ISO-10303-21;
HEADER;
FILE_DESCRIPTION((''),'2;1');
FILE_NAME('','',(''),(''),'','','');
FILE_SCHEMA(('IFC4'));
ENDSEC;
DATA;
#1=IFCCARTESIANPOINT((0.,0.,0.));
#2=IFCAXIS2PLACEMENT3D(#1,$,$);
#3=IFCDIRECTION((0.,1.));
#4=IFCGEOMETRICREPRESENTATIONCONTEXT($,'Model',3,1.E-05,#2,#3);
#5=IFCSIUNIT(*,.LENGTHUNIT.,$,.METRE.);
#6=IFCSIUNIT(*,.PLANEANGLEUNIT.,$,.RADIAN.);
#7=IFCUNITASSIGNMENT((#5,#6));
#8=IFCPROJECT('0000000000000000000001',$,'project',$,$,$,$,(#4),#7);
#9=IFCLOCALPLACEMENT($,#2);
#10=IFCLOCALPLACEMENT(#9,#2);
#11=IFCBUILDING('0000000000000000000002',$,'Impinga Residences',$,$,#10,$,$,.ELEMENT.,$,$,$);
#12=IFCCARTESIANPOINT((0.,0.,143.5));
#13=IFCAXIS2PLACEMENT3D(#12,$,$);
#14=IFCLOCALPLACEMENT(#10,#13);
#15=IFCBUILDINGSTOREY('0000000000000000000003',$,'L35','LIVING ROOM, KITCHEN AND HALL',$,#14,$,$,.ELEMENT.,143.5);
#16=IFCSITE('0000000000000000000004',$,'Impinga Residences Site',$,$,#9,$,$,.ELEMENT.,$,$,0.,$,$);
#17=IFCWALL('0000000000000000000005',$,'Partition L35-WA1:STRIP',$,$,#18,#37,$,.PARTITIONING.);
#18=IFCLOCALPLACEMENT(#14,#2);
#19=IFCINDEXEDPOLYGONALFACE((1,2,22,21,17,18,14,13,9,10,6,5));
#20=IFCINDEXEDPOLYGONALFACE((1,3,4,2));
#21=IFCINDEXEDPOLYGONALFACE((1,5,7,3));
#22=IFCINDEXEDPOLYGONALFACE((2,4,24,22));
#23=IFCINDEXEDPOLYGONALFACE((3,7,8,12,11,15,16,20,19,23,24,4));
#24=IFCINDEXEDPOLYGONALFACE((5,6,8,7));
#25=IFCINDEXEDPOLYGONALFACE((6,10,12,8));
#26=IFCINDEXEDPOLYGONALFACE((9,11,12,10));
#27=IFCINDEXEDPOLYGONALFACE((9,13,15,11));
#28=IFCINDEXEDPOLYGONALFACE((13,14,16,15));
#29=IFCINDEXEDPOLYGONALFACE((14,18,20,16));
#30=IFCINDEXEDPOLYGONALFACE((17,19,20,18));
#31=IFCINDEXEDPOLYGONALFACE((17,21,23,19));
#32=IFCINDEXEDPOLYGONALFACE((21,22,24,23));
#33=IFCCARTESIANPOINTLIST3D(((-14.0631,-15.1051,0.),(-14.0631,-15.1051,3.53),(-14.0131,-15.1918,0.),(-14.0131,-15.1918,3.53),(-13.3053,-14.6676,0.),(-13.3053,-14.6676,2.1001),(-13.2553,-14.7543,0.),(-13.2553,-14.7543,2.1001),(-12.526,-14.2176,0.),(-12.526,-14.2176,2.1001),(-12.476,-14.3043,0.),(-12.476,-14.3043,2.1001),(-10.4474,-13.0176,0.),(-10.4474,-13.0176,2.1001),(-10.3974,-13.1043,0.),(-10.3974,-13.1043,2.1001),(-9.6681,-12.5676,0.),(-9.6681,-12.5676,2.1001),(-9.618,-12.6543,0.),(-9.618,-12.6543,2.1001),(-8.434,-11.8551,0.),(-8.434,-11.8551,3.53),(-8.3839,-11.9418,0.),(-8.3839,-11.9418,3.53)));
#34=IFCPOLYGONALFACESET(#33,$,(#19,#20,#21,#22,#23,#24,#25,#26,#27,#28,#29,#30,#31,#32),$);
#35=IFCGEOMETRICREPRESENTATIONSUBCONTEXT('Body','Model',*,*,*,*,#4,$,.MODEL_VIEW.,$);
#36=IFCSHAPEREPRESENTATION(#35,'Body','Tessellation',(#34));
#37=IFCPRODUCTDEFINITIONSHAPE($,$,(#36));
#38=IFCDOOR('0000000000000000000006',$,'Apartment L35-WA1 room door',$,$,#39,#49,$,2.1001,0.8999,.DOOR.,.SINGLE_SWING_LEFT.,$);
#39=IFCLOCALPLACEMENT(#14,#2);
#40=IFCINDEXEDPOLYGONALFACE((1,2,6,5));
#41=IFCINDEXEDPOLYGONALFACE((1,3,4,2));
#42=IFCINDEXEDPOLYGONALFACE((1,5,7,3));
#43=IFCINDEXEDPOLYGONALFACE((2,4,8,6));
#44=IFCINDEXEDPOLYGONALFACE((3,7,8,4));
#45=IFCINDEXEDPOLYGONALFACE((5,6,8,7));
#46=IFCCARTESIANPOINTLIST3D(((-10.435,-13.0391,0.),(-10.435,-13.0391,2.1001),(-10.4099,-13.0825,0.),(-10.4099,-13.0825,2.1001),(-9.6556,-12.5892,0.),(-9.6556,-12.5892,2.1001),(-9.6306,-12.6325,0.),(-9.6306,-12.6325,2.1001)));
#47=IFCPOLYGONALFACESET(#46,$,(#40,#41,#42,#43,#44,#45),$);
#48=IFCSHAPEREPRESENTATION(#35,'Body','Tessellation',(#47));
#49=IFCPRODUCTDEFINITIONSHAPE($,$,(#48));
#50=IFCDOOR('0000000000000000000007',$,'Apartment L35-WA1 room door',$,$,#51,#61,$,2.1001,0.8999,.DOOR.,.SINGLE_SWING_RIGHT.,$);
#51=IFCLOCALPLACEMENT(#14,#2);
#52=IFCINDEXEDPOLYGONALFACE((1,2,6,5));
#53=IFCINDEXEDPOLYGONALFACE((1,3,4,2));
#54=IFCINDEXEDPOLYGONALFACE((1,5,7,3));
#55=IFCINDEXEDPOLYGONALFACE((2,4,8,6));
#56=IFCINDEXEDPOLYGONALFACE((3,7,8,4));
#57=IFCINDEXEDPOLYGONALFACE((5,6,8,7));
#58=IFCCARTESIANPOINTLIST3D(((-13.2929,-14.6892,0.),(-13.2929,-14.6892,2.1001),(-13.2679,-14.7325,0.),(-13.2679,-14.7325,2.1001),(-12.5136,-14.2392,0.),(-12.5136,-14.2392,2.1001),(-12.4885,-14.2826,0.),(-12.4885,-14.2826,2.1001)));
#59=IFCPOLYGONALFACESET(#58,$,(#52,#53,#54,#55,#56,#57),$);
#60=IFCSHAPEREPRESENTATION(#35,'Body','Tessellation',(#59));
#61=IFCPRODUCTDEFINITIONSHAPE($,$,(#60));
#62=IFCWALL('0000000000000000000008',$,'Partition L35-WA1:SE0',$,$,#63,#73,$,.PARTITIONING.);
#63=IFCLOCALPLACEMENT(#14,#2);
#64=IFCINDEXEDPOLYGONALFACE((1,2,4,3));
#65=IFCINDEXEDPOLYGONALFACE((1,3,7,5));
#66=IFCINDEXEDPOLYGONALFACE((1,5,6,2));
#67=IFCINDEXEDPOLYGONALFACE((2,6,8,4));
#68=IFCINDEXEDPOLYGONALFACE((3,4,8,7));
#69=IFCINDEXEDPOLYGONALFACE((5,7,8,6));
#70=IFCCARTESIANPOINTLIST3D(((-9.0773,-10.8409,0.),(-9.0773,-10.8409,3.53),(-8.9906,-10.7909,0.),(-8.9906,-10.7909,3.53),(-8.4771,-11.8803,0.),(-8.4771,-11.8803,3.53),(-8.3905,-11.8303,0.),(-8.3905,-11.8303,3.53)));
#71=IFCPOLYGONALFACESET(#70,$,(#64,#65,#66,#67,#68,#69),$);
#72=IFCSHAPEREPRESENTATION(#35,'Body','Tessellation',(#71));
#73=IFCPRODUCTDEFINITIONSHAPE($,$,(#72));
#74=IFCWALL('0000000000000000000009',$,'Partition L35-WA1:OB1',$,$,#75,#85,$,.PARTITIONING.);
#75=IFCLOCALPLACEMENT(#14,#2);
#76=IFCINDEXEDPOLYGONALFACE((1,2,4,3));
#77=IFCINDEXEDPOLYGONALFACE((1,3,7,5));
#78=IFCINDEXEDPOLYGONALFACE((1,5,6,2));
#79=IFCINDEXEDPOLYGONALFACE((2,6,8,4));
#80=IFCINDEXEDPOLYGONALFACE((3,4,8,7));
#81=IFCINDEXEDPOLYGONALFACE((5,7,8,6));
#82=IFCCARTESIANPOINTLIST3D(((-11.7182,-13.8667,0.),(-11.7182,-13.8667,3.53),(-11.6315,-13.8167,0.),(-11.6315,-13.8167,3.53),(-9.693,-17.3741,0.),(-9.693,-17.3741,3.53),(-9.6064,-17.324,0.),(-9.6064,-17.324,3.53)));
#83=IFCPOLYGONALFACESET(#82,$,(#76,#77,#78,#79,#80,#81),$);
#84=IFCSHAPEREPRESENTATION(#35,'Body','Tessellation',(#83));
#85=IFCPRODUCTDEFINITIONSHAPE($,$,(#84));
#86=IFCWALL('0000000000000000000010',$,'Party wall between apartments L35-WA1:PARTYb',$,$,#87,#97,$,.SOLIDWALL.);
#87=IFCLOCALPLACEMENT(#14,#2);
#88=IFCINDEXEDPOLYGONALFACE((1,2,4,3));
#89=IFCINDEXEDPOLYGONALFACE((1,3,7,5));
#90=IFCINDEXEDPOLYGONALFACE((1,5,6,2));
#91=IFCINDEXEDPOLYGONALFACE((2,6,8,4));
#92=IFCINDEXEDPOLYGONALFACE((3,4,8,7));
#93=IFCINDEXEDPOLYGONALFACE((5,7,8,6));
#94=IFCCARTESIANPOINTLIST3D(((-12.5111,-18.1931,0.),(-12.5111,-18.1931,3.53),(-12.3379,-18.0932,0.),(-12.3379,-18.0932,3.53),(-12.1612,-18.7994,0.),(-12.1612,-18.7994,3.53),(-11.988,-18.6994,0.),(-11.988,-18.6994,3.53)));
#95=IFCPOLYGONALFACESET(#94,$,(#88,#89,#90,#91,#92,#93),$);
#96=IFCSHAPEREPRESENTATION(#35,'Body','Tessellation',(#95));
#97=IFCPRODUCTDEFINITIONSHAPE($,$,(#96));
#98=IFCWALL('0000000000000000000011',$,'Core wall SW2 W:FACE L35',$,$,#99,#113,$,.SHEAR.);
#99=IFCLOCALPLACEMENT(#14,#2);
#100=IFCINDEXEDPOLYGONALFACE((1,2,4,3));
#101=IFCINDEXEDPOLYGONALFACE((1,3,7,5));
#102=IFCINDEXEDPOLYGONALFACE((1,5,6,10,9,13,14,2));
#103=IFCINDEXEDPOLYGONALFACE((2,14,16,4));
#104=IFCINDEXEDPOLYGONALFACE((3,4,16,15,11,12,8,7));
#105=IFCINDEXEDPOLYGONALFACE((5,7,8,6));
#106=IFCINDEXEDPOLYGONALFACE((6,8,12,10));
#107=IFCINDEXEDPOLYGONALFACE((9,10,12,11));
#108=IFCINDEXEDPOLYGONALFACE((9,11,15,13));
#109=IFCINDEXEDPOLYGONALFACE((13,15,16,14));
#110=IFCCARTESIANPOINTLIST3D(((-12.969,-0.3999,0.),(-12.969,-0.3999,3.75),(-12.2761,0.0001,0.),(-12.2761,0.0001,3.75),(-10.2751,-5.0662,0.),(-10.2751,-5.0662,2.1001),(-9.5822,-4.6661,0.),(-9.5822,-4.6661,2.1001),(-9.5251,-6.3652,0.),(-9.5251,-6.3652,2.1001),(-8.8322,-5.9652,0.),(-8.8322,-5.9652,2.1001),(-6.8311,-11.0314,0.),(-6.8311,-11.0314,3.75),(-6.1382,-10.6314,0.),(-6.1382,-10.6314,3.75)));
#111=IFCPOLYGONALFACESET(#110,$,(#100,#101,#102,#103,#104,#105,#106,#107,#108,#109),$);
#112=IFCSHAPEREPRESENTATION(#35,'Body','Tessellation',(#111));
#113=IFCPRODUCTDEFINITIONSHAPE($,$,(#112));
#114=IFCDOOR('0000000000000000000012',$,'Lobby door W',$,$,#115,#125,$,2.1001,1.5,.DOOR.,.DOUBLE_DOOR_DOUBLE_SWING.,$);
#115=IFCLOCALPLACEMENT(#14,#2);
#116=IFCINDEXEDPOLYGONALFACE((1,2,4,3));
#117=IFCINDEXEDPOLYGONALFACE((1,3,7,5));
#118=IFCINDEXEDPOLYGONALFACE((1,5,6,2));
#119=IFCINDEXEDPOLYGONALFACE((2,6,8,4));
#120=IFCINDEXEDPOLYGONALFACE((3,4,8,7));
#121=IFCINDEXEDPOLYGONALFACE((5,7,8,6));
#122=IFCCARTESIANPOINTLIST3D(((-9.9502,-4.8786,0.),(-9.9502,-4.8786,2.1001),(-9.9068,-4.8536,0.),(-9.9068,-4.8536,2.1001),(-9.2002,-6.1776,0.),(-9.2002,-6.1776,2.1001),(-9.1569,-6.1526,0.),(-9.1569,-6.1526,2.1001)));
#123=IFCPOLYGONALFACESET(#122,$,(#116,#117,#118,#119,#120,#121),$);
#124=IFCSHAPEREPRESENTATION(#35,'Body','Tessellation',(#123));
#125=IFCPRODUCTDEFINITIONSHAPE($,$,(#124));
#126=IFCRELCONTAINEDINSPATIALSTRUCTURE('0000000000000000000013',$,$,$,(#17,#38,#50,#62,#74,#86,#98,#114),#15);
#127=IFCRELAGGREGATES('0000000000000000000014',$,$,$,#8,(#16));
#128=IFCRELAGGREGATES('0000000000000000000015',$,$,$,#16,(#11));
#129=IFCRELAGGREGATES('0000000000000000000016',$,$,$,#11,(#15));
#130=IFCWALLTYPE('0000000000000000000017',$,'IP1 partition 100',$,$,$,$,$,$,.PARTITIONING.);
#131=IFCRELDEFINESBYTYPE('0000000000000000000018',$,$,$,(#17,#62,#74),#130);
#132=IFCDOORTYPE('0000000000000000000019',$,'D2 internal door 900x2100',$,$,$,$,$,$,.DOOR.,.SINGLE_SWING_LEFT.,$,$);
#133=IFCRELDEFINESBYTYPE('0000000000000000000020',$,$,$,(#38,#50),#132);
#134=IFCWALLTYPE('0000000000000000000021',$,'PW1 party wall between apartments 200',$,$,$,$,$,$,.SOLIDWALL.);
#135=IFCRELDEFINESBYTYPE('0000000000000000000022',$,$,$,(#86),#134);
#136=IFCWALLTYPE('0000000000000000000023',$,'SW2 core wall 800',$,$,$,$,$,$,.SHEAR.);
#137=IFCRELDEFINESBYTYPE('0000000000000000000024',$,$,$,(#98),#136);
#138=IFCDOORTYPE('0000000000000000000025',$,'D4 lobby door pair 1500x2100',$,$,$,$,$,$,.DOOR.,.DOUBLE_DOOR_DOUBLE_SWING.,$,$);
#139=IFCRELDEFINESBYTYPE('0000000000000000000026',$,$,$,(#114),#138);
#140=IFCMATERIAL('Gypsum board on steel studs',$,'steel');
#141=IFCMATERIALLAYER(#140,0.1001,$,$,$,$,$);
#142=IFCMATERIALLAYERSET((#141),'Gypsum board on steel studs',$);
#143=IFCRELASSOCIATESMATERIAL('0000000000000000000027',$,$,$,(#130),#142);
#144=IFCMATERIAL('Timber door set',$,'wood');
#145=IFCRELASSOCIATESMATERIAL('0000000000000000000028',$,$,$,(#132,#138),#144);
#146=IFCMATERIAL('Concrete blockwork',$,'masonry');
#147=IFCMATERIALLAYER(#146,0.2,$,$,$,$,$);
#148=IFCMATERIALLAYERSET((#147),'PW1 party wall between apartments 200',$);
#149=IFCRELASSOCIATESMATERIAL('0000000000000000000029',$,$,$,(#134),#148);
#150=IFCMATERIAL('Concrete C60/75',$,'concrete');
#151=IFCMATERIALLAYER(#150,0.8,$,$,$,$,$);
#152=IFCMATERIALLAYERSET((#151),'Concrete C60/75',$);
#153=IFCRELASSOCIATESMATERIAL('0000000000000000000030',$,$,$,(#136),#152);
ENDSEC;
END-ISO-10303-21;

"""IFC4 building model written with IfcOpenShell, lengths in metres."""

from ifc_helpers import new_model, si_unit, direction, frame, frame_2d, origin, place, context, subcontext, project, spatial, rectangle, extrude, material, layer, layer_set, type_object, element, fill, save


model = new_model("IFC4")

# Units and contexts
model_context = context("Model", 3, precision=1e-05, world=origin(), true_north=direction((0.0, 1.0)))
body_context = subcontext(model_context, "Body", "Model", "MODEL_VIEW")
ifc_project = project(units=[si_unit("LENGTHUNIT", "METRE"), si_unit("PLANEANGLEUNIT", "RADIAN")], contexts=[model_context])

# Site, building, storey
site_placement = place(None, origin())
site = spatial("IfcSite", under=ifc_project, at=site_placement, Name="Impinga Residences Site", CompositionType="ELEMENT", RefElevation=0.0)
building_placement = place(site_placement, origin())
building = spatial("IfcBuilding", under=site, at=building_placement, Name="Impinga Residences", CompositionType="ELEMENT")
storey_placement = place(building_placement, frame((0.0, 0.0, 143.5)))
storey = spatial("IfcBuildingStorey", under=building, at=storey_placement, Name="L35", Description="LIVING ROOM, KITCHEN AND HALL", CompositionType="ELEMENT", Elevation=143.5)

# Shared definitions
ifc_material_1 = material(Name="Concrete C60/75", Category="concrete")

# Shared definitions
ifc_material_2 = material(Name="Gypsum board on steel studs", Category="steel")
ifc_layer_1 = layer(ifc_material_2, 0.1001)
ifc_layer_set_1 = layer_set([ifc_layer_1], Name="Gypsum board on steel studs")
wall_type_1 = type_object("IfcWallType", Name="IP1 partition 100", PredefinedType="PARTITIONING", material=ifc_layer_set_1)

# Wall, openings, doors
wall_1_placement = place(storey_placement, frame((-8.4089, -11.8984, 0.0), z_axis=(0.0, 0.0, 1.0), x_axis=(-0.866025, -0.500001, 0.0)))
wall_1 = element("IfcWall", 1, at=wall_1_placement, inside=storey, type_object=wall_type_1, Name="Partition L35-WA1:STRIP", PredefinedType="PARTITIONING", context=body_context, shape_type="SweptSolid", body=[
    extrude(rectangle(XDim=6.5, YDim=0.1001, at=frame_2d((3.25, 0.0))), origin(), (0.0, 0.0, 1.0), 3.53),
])
opening_1_placement = place(wall_1_placement, frame((1.425, 0.0, 0.0)))
opening_1 = element("IfcOpeningElement", 2, at=opening_1_placement, cuts=wall_1, PredefinedType="OPENING", context=body_context, shape_type="SweptSolid", body=[
    extrude(rectangle(XDim=0.8999, YDim=2.1001, at=frame_2d((0.45, 1.05))), frame((0.0, 0.0601, 0.0), z_axis=(0.0, -1.0, 0.0), x_axis=(1.0, 0.0, 0.0)), (0.0, 0.0, 1.0), 0.1201),
])
opening_2_placement = place(wall_1_placement, frame((4.7251, 0.0, 0.0)))
opening_2 = element("IfcOpeningElement", 3, at=opening_2_placement, cuts=wall_1, PredefinedType="OPENING", context=body_context, shape_type="SweptSolid", body=[
    extrude(rectangle(XDim=0.8999, YDim=2.1001, at=frame_2d((0.45, 1.05))), frame((0.0, 0.0601, 0.0), z_axis=(0.0, -1.0, 0.0), x_axis=(1.0, 0.0, 0.0)), (0.0, 0.0, 1.0), 0.1201),
])
ifc_material_3 = material(Name="Timber door set", Category="wood")
door_type_1 = type_object("IfcDoorType", Name="D2 internal door 900x2100", OperationType="SINGLE_SWING_LEFT", PredefinedType="DOOR", material=ifc_material_3)
door_1_placement = place(opening_1_placement, origin())
door_1 = element("IfcDoor", 4, at=door_1_placement, inside=storey, type_object=door_type_1, Name="Apartment L35-WA1 room door", OperationType="SINGLE_SWING_LEFT", OverallHeight=2.1001, OverallWidth=0.8999, PredefinedType="DOOR", context=body_context, shape_type="SweptSolid", body=[
    extrude(rectangle(XDim=0.8999, YDim=2.1001, at=frame_2d((0.45, 1.05))), frame((0.0, 0.0249, 0.0), z_axis=(0.0, -1.0, 0.0), x_axis=(1.0, 0.0, 0.0)), (0.0, 0.0, 1.0), 0.05),
])
fill(opening_1, door_1)
door_2_placement = place(opening_2_placement, origin())
door_2 = element("IfcDoor", 5, at=door_2_placement, inside=storey, type_object=door_type_1, Name="Apartment L35-WA1 room door", OperationType="SINGLE_SWING_RIGHT", OverallHeight=2.1001, OverallWidth=0.8999, PredefinedType="DOOR", context=body_context, shape_type="SweptSolid", body=[
    extrude(rectangle(XDim=0.8999, YDim=2.1001, at=frame_2d((0.45, 1.05))), frame((0.0, 0.0249, 0.0), z_axis=(0.0, -1.0, 0.0), x_axis=(1.0, 0.0, 0.0)), (0.0, 0.0, 1.0), 0.05),
])
fill(opening_2, door_2)

# Walls
wall_2_placement = place(storey_placement, frame((-9.0339, -10.8159, 0.0), z_axis=(0.0, 0.0, 1.0), x_axis=(0.500034, -0.866006, 0.0)))
element("IfcWall", 6, at=wall_2_placement, inside=storey, type_object=wall_type_1, Name="Partition L35-WA1:SE0", PredefinedType="PARTITIONING", context=body_context, shape_type="SweptSolid", body=[
    extrude(rectangle(XDim=1.2002, YDim=0.1001, at=frame_2d((0.6001, 0.0))), origin(), (0.0, 0.0, 1.0), 3.53),
])
wall_3_placement = place(storey_placement, frame((-11.6748, -13.8418, 0.0), z_axis=(0.0, 0.0, 1.0), x_axis=(0.500036, -0.866005, 0.0)))
element("IfcWall", 7, at=wall_3_placement, inside=storey, type_object=wall_type_1, Name="Partition L35-WA1:OB1", PredefinedType="PARTITIONING", context=body_context, shape_type="SweptSolid", body=[
    extrude(rectangle(XDim=4.05, YDim=0.1001, at=frame_2d((2.0249, 0.0))), origin(), (0.0, 0.0, 1.0), 3.53),
])
ifc_material_4 = material(Name="Concrete blockwork", Category="masonry")
ifc_layer_2 = layer(ifc_material_4, 0.2)
ifc_layer_set_2 = layer_set([ifc_layer_2], Name="PW1 party wall between apartments 200")
wall_type_2 = type_object("IfcWallType", Name="PW1 party wall between apartments 200", PredefinedType="SOLIDWALL", material=ifc_layer_set_2)
wall_4_placement = place(storey_placement, frame((-12.4246, -18.1431, 0.0), z_axis=(0.0, 0.0, 1.0), x_axis=(0.499853, -0.86611, 0.0)))
element("IfcWall", 8, at=wall_4_placement, inside=storey, type_object=wall_type_2, Name="Party wall between apartments L35-WA1:PARTYb", PredefinedType="SOLIDWALL", context=body_context, shape_type="SweptSolid", body=[
    extrude(rectangle(XDim=0.7, YDim=0.2, at=frame_2d((0.3501, 0.0))), origin(), (0.0, 0.0, 1.0), 3.53),
])

# Wall, opening, door
ifc_layer_3 = layer(ifc_material_1, 0.8)
ifc_layer_set_3 = layer_set([ifc_layer_3], Name="Concrete C60/75")
wall_type_3 = type_object("IfcWallType", Name="SW2 core wall 800", PredefinedType="SHEAR", material=ifc_layer_set_3)
wall_5_placement = place(storey_placement, frame((-6.4846, -10.8315, 0.0), z_axis=(0.0, 0.0, 1.0), x_axis=(-0.499987, 0.866033, 0.0)))
wall_5 = element("IfcWall", 9, at=wall_5_placement, inside=storey, type_object=wall_type_3, Name="Core wall SW2 W:FACE L35", PredefinedType="SHEAR", context=body_context, shape_type="SweptSolid", body=[
    extrude(rectangle(XDim=12.2761, YDim=0.8, at=frame_2d((6.1382, 0.0))), origin(), (0.0, 0.0, 1.0), 3.75),
])
opening_3_placement = place(wall_5_placement, frame((5.3882, 0.0, 0.0)))
opening_3 = element("IfcOpeningElement", 10, at=opening_3_placement, cuts=wall_5, PredefinedType="OPENING", context=body_context, shape_type="SweptSolid", body=[
    extrude(rectangle(XDim=1.5, YDim=2.1001, at=frame_2d((0.75, 1.05))), frame((0.0, 0.4099, 0.0), z_axis=(0.0, -1.0, 0.0), x_axis=(1.0, 0.0, 0.0)), (0.0, 0.0, 1.0), 0.8201),
])
door_type_2 = type_object("IfcDoorType", Name="D4 lobby door pair 1500x2100", OperationType="DOUBLE_DOOR_DOUBLE_SWING", PredefinedType="DOOR", material=ifc_material_3)
door_3_placement = place(opening_3_placement, origin())
door_3 = element("IfcDoor", 11, at=door_3_placement, inside=storey, type_object=door_type_2, Name="Lobby door W", OperationType="DOUBLE_DOOR_DOUBLE_SWING", OverallHeight=2.1001, OverallWidth=1.5, PredefinedType="DOOR", context=body_context, shape_type="SweptSolid", body=[
    extrude(rectangle(XDim=1.5, YDim=2.1001, at=frame_2d((0.75, 1.05))), frame((0.0, 0.0249, 0.0), z_axis=(0.0, -1.0, 0.0), x_axis=(1.0, 0.0, 0.0)), (0.0, 0.0, 1.0), 0.05),
])
fill(opening_3, door_3)

save(model, "model.ifc")
